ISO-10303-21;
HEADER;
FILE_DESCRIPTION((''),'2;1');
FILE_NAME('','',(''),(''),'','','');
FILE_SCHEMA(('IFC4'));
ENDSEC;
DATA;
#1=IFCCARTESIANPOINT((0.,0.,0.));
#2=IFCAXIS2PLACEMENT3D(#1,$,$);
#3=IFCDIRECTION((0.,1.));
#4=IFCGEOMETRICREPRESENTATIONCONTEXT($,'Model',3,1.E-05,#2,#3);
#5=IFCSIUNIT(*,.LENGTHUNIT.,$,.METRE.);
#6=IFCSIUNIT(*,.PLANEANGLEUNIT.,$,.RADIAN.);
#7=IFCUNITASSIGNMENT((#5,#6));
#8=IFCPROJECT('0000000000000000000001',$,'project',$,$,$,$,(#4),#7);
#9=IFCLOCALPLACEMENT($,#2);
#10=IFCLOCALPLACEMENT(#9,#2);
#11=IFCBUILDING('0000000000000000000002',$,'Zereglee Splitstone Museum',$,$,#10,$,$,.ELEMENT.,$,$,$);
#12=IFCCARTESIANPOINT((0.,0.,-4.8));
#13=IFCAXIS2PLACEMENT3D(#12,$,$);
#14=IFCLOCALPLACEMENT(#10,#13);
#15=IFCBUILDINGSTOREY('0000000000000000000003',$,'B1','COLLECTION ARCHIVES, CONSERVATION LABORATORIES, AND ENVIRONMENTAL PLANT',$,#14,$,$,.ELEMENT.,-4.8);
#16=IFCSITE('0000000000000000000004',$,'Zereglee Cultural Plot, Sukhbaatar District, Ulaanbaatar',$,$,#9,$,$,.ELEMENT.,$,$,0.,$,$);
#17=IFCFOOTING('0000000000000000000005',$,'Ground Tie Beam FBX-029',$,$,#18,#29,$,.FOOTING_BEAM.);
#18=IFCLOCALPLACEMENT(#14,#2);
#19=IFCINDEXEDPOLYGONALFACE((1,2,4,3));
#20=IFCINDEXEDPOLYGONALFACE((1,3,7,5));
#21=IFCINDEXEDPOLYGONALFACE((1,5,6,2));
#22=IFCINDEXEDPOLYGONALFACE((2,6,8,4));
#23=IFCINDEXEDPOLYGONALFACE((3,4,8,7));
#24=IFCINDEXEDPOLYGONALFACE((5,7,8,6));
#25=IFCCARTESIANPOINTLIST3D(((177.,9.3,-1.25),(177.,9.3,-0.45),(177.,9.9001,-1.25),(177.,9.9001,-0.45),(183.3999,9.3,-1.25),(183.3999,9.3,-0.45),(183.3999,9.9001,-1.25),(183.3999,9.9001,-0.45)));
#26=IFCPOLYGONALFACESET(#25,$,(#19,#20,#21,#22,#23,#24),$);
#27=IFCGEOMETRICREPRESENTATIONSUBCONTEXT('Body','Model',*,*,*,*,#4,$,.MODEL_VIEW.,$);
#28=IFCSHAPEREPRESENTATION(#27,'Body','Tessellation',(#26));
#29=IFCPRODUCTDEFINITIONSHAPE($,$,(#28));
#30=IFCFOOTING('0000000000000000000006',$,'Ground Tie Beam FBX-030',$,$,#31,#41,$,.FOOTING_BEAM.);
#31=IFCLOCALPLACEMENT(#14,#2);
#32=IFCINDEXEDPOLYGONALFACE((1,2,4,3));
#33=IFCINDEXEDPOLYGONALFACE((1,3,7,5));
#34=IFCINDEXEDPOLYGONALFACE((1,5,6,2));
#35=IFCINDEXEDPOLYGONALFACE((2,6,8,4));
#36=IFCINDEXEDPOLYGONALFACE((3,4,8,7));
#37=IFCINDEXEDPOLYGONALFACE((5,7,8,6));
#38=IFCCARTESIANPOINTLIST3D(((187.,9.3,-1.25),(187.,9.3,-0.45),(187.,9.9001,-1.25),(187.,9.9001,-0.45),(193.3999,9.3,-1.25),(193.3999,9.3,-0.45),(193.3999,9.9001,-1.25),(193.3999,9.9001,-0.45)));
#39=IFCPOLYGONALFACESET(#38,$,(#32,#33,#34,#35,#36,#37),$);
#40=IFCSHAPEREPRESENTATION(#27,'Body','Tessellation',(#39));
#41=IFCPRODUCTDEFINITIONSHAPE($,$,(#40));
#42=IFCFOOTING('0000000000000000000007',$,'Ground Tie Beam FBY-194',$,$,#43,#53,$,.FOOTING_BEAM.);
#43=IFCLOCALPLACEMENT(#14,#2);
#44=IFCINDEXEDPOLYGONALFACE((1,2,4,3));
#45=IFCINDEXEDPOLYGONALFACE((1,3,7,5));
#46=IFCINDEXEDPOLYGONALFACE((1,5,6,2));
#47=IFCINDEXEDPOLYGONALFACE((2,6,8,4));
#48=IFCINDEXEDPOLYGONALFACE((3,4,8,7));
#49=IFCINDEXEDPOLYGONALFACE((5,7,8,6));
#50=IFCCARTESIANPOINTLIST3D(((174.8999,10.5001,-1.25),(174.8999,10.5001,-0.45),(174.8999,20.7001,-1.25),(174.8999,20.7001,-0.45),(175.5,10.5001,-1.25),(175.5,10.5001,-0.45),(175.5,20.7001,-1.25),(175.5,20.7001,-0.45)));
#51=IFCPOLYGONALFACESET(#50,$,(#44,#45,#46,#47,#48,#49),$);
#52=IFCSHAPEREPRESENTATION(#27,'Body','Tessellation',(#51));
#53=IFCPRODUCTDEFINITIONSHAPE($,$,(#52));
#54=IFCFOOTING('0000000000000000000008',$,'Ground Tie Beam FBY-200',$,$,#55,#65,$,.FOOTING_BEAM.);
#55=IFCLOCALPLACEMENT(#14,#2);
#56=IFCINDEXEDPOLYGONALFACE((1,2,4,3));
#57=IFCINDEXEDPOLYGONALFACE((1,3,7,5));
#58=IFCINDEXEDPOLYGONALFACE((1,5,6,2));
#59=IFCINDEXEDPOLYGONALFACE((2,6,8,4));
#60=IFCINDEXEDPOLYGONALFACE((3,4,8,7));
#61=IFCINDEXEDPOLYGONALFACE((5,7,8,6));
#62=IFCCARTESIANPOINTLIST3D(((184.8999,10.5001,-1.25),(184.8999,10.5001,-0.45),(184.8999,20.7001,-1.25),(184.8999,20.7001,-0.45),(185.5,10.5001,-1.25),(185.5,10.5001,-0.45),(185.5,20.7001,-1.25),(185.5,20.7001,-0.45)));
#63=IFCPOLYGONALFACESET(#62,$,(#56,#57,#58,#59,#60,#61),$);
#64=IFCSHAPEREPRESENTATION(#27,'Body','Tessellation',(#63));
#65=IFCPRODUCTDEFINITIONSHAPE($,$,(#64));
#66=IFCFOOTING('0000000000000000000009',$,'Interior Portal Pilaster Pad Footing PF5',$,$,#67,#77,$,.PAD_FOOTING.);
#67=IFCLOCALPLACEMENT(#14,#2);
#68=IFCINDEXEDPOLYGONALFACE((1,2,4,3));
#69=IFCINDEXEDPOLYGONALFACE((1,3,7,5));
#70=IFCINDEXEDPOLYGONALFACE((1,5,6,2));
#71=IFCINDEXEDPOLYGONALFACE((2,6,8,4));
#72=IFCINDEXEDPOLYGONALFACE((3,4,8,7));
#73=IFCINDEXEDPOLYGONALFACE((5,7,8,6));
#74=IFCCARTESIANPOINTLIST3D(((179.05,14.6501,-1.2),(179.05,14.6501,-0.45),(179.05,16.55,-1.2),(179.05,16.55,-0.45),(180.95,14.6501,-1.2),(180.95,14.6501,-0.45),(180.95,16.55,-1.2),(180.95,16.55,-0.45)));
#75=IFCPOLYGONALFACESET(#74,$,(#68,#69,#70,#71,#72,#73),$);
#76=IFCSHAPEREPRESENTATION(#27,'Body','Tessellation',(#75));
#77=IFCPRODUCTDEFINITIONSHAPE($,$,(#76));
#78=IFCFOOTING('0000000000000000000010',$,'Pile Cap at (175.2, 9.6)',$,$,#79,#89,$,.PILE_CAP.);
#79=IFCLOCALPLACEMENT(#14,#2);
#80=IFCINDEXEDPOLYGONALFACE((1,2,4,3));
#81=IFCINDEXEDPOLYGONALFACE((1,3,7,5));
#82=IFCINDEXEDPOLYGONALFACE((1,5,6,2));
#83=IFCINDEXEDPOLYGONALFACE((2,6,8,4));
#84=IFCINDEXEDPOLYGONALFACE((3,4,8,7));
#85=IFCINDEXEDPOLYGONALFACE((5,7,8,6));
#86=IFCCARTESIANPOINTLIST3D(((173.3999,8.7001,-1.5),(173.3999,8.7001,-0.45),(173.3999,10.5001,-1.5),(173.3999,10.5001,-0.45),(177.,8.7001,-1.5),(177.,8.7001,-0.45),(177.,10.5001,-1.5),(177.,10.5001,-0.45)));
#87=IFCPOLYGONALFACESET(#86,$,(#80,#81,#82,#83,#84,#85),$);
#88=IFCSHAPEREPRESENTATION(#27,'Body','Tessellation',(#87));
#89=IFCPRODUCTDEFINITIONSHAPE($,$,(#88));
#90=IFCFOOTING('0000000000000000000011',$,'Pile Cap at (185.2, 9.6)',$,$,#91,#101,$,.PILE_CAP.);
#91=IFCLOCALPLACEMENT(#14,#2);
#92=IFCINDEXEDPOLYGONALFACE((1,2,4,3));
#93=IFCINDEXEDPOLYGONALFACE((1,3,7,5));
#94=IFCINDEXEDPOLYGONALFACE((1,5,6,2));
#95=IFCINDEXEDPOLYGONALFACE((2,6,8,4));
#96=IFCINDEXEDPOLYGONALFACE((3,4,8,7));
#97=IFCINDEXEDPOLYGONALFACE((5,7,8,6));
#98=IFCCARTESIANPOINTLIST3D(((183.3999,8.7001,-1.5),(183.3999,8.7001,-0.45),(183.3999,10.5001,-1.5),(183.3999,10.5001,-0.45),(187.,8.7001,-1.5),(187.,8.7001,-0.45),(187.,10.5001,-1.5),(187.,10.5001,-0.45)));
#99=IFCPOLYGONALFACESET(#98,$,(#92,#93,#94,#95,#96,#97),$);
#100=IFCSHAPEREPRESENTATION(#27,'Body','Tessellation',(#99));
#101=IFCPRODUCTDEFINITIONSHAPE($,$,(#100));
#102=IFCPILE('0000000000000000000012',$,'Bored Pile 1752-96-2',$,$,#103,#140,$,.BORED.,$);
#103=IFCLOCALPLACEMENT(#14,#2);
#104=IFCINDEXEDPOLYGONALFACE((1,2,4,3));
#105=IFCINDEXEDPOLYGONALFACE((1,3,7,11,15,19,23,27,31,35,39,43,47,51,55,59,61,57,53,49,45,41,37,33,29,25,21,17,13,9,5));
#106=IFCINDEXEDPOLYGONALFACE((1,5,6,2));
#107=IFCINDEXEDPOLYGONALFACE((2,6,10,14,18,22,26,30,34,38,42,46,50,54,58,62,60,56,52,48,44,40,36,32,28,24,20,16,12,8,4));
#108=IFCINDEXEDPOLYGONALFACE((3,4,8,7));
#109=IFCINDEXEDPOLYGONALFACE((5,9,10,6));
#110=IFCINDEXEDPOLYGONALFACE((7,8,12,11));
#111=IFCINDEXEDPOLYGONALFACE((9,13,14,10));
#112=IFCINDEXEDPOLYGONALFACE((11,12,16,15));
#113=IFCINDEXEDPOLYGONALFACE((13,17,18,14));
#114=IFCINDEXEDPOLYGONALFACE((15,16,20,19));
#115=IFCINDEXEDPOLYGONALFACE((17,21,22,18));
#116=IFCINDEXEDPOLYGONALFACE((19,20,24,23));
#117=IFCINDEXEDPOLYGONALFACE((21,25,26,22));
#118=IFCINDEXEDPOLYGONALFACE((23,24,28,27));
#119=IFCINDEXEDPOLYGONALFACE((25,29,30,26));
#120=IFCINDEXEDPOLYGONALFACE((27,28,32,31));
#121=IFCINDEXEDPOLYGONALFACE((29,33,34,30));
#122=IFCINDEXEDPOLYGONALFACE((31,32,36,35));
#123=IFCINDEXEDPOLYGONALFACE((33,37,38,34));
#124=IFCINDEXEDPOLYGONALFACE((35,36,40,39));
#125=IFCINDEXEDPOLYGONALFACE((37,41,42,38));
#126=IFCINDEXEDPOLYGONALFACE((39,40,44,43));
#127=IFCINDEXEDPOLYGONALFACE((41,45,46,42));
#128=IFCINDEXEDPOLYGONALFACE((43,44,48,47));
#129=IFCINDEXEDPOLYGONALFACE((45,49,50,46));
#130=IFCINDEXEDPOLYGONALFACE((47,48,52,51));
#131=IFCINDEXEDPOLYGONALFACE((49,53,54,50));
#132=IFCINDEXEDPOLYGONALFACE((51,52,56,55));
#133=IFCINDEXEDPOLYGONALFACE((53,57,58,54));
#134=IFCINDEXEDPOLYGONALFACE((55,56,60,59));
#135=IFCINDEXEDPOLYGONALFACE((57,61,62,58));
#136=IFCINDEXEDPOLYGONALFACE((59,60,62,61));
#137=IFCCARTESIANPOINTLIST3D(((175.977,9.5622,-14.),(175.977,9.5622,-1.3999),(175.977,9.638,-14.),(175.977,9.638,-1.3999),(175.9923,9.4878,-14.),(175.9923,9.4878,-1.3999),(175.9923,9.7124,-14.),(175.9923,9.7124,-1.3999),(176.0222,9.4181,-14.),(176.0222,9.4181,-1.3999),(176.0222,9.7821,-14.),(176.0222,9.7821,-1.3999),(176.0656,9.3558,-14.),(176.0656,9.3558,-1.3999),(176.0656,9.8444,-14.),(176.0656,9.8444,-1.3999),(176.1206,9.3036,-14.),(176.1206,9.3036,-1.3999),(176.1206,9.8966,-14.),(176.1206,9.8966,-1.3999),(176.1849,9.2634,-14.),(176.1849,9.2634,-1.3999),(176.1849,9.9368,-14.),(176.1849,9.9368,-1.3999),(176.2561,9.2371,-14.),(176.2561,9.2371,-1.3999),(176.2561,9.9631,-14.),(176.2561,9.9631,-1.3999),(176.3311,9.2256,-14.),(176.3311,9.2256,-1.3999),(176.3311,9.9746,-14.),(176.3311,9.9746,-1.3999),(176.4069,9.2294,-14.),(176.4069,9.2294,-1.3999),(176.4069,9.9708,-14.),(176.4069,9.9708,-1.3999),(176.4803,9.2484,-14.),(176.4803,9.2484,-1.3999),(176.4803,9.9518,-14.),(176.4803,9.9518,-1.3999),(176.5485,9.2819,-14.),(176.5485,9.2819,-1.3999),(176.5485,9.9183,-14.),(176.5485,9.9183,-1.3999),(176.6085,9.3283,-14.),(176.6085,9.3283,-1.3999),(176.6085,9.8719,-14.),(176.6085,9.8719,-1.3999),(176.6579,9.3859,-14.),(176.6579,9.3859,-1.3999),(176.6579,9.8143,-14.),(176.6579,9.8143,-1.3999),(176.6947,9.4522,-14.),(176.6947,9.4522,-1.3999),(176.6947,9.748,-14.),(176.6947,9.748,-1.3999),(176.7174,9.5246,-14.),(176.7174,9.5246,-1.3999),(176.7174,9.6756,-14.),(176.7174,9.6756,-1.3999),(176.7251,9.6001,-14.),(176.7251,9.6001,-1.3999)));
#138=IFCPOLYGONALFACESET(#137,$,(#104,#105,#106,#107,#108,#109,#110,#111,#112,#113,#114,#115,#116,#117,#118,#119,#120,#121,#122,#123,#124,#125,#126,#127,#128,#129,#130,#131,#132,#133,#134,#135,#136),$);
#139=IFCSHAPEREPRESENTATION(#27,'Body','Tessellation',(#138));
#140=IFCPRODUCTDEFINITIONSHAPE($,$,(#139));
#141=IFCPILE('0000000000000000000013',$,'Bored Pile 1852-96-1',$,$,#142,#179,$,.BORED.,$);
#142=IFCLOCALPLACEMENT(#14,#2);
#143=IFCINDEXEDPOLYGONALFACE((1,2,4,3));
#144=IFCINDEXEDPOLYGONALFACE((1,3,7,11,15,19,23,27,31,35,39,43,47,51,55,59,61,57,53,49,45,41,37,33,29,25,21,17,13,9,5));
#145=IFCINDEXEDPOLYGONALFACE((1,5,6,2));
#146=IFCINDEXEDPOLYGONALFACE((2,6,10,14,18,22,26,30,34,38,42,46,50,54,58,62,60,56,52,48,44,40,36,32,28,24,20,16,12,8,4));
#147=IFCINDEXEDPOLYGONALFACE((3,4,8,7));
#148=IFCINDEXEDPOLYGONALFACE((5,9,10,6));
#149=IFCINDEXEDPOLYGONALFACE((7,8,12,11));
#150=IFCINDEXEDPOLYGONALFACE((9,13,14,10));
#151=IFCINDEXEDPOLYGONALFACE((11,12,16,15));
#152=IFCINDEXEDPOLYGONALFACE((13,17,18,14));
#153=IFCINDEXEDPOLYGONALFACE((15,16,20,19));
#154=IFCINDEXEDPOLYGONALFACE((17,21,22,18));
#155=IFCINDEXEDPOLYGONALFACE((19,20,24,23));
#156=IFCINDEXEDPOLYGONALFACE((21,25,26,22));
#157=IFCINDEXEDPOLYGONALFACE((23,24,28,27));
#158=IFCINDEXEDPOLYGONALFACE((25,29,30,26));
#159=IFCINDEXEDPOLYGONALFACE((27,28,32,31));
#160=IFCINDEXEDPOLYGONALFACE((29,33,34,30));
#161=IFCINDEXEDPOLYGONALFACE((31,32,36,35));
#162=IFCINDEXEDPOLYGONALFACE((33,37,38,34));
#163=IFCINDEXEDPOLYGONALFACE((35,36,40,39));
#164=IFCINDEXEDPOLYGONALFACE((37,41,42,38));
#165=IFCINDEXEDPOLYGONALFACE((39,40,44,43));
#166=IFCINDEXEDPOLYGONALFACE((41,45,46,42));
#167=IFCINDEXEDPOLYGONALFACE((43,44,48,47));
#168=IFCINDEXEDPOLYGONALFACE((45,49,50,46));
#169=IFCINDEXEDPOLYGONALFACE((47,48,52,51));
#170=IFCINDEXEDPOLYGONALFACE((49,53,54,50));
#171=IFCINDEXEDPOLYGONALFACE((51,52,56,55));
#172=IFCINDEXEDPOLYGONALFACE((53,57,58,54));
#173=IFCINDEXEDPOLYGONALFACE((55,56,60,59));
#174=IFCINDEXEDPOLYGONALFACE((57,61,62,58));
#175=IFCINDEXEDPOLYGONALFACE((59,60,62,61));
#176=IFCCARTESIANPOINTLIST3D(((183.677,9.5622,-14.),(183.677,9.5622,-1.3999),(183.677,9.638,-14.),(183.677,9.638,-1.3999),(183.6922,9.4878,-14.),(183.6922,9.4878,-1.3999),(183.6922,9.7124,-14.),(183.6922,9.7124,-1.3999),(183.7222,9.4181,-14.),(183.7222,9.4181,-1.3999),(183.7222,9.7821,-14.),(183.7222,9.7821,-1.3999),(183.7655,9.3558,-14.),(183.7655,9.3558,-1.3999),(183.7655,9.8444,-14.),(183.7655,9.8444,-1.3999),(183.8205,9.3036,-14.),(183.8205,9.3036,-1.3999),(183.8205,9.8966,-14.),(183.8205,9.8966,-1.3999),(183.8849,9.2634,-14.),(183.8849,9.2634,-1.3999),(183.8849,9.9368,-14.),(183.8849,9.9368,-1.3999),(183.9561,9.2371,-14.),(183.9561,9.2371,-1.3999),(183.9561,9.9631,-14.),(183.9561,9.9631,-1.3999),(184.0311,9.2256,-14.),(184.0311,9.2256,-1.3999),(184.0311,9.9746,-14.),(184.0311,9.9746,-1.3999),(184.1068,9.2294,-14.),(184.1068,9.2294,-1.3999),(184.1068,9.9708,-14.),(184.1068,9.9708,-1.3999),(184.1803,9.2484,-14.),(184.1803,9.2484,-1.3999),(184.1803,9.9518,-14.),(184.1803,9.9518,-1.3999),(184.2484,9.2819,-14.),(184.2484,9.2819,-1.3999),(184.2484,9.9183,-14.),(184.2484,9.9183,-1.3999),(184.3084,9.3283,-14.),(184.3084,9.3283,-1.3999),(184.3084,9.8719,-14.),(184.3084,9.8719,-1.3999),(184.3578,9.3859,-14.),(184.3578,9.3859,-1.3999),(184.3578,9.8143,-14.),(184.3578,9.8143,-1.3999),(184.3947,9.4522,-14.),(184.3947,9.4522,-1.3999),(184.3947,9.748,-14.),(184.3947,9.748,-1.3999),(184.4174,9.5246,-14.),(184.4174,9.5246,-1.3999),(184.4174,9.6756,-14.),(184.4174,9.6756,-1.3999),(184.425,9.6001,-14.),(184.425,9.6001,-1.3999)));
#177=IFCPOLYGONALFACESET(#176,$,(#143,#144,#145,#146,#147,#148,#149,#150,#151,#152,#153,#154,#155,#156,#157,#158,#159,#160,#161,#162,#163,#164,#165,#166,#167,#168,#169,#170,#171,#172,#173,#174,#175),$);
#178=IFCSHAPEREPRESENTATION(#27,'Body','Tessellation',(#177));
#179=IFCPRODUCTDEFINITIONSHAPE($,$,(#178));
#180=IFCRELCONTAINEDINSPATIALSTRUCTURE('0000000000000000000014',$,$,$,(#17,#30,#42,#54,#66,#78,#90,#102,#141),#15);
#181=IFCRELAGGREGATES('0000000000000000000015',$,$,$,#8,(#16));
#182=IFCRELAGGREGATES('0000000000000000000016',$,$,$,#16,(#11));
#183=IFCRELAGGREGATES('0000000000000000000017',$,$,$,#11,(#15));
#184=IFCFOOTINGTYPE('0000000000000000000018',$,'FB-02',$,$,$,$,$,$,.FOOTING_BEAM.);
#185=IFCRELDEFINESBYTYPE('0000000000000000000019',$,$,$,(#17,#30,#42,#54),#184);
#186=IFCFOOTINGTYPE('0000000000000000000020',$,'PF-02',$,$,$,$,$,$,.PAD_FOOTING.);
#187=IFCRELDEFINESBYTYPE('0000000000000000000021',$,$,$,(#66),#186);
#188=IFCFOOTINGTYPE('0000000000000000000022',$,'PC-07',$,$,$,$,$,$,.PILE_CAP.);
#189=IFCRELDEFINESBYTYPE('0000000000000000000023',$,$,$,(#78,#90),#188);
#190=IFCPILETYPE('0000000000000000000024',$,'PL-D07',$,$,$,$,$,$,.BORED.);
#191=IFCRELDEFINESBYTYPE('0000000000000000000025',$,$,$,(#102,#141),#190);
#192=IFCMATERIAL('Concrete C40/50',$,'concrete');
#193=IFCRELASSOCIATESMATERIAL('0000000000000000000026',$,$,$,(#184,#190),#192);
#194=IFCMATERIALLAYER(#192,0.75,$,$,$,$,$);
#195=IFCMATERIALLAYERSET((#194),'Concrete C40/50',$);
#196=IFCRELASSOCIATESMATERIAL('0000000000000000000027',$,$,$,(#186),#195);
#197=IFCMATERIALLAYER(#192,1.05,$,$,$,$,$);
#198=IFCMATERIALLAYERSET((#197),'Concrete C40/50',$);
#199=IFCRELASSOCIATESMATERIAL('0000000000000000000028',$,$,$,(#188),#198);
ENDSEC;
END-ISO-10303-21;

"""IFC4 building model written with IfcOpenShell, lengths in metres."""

from ifc_helpers import new_model, si_unit, direction, frame, origin, origin_2d, place, context, subcontext, project, spatial, rectangle, circle, extrude, material, layer, layer_set, material_profile, profile_set, type_object, element, save


model = new_model("IFC4")

# Units and contexts
model_context = context("Model", 3, precision=1e-05, world=origin(), true_north=direction((0.0, 1.0)))
body_context = subcontext(model_context, "Body", "Model", "MODEL_VIEW")
ifc_project = project(units=[si_unit("LENGTHUNIT", "METRE"), si_unit("PLANEANGLEUNIT", "RADIAN")], contexts=[model_context])

# Site, building, storey
site_placement = place(None, origin())
site = spatial("IfcSite", under=ifc_project, at=site_placement, Name="Zereglee Cultural Plot, Sukhbaatar District, Ulaanbaatar", CompositionType="ELEMENT", RefElevation=0.0)
building_placement = place(site_placement, origin())
building = spatial("IfcBuilding", under=site, at=building_placement, Name="Zereglee Splitstone Museum", CompositionType="ELEMENT")
storey_placement = place(building_placement, frame((0.0, 0.0, -4.8)))
storey = spatial("IfcBuildingStorey", under=building, at=storey_placement, Name="B1", Description="COLLECTION ARCHIVES, CONSERVATION LABORATORIES, AND ENVIRONMENTAL PLANT", CompositionType="ELEMENT", Elevation=-4.8)

# Footings
ifc_material_1 = material(Name="Concrete C40/50", Category="concrete")
footing_type_1 = type_object("IfcFootingType", Name="FB-02", PredefinedType="FOOTING_BEAM", material=ifc_material_1)
for number, where, z_axis, x_axis, name in (
    (1, (180.2, 9.6001, -1.25), (0.0, 0.0, 1.0), (1.0, 0.0, 0.0), "Ground Tie Beam FBX-029"),
    (2, (190.2, 9.6001, -1.25), (0.0, 0.0, 1.0), (1.0, 0.0, 0.0), "Ground Tie Beam FBX-030"),
):
    element("IfcFooting", number, at=place(storey_placement, frame(where, z_axis=z_axis, x_axis=x_axis)), inside=storey, type_object=footing_type_1, Name=name, PredefinedType="FOOTING_BEAM", context=body_context, shape_type="SweptSolid", body=[
        extrude(rectangle(XDim=6.3999, YDim=0.6001, at=origin_2d()), origin(), (0.0, 0.0, 1.0), 0.8),
    ])
for number, where, z_axis, x_axis, name in (
    (3, (175.2, 15.6001, -1.25), (0.0, 0.0, 1.0), (0.0, 1.0, 0.0), "Ground Tie Beam FBY-194"),
    (4, (185.2, 15.6001, -1.25), (0.0, 0.0, 1.0), (0.0, 1.0, 0.0), "Ground Tie Beam FBY-200"),
):
    element("IfcFooting", number, at=place(storey_placement, frame(where, z_axis=z_axis, x_axis=x_axis)), inside=storey, type_object=footing_type_1, Name=name, PredefinedType="FOOTING_BEAM", context=body_context, shape_type="SweptSolid", body=[
        extrude(rectangle(XDim=10.2, YDim=0.6001, at=origin_2d()), origin(), (0.0, 0.0, 1.0), 0.8),
    ])
ifc_layer_1 = layer(ifc_material_1, 0.75)
ifc_layer_set_1 = layer_set([ifc_layer_1], Name="Concrete C40/50")
footing_type_2 = type_object("IfcFootingType", Name="PF-02", PredefinedType="PAD_FOOTING", material=ifc_layer_set_1)
footing_placement = place(storey_placement, frame((180.0, 15.6001, -1.2), z_axis=(0.0, 0.0, 1.0), x_axis=(1.0, 0.0, 0.0)))
element("IfcFooting", 5, at=footing_placement, inside=storey, type_object=footing_type_2, Name="Interior Portal Pilaster Pad Footing PF5", PredefinedType="PAD_FOOTING", context=body_context, shape_type="SweptSolid", body=[
    extrude(rectangle(XDim=1.8999, YDim=1.8999, at=origin_2d()), origin(), (0.0, 0.0, 1.0), 0.75),
])
ifc_layer_2 = layer(ifc_material_1, 1.05)
ifc_layer_set_2 = layer_set([ifc_layer_2], Name="Concrete C40/50")
footing_type_3 = type_object("IfcFootingType", Name="PC-07", PredefinedType="PILE_CAP", material=ifc_layer_set_2)
for number, where, z_axis, x_axis, name in (
    (6, (175.2, 9.6001, -1.5), (0.0, 0.0, 1.0), (1.0, 0.0, 0.0), "Pile Cap at (175.2, 9.6)"),
    (7, (185.2, 9.6001, -1.5), (0.0, 0.0, 1.0), (1.0, 0.0, 0.0), "Pile Cap at (185.2, 9.6)"),
):
    element("IfcFooting", number, at=place(storey_placement, frame(where, z_axis=z_axis, x_axis=x_axis)), inside=storey, type_object=footing_type_3, Name=name, PredefinedType="PILE_CAP", context=body_context, shape_type="SweptSolid", body=[
        extrude(rectangle(XDim=3.6001, YDim=1.8, at=origin_2d()), origin(), (0.0, 0.0, 1.0), 1.05),
    ])

# Piles
ifc_material_profile_1 = material_profile(ifc_material_1, circle(Radius=0.375, at=origin_2d()), Name="PILE D750")
ifc_profile_set_1 = profile_set([ifc_material_profile_1], Name="Concrete C40/50")
pile_type = type_object("IfcPileType", Name="PL-D07", PredefinedType="BORED", material=ifc_profile_set_1)
for number, where, z_axis, x_axis, name in (
    (8, (176.3501, 9.6001, -1.3999), (0.0, 0.0, -1.0), (1.0, 0.0, 0.0), "Bored Pile 1752-96-2"),
    (9, (184.05, 9.6001, -1.3999), (0.0, 0.0, -1.0), (1.0, 0.0, 0.0), "Bored Pile 1852-96-1"),
):
    element("IfcPile", number, at=place(storey_placement, frame(where, z_axis=z_axis, x_axis=x_axis)), inside=storey, type_object=pile_type, Name=name, PredefinedType="BORED", context=body_context, shape_type="SweptSolid", body=[
        extrude(circle(Radius=0.375, at=origin_2d()), origin(), (0.0, 0.0, 1.0), 12.6001),
    ])

save(model, "model.ifc")
